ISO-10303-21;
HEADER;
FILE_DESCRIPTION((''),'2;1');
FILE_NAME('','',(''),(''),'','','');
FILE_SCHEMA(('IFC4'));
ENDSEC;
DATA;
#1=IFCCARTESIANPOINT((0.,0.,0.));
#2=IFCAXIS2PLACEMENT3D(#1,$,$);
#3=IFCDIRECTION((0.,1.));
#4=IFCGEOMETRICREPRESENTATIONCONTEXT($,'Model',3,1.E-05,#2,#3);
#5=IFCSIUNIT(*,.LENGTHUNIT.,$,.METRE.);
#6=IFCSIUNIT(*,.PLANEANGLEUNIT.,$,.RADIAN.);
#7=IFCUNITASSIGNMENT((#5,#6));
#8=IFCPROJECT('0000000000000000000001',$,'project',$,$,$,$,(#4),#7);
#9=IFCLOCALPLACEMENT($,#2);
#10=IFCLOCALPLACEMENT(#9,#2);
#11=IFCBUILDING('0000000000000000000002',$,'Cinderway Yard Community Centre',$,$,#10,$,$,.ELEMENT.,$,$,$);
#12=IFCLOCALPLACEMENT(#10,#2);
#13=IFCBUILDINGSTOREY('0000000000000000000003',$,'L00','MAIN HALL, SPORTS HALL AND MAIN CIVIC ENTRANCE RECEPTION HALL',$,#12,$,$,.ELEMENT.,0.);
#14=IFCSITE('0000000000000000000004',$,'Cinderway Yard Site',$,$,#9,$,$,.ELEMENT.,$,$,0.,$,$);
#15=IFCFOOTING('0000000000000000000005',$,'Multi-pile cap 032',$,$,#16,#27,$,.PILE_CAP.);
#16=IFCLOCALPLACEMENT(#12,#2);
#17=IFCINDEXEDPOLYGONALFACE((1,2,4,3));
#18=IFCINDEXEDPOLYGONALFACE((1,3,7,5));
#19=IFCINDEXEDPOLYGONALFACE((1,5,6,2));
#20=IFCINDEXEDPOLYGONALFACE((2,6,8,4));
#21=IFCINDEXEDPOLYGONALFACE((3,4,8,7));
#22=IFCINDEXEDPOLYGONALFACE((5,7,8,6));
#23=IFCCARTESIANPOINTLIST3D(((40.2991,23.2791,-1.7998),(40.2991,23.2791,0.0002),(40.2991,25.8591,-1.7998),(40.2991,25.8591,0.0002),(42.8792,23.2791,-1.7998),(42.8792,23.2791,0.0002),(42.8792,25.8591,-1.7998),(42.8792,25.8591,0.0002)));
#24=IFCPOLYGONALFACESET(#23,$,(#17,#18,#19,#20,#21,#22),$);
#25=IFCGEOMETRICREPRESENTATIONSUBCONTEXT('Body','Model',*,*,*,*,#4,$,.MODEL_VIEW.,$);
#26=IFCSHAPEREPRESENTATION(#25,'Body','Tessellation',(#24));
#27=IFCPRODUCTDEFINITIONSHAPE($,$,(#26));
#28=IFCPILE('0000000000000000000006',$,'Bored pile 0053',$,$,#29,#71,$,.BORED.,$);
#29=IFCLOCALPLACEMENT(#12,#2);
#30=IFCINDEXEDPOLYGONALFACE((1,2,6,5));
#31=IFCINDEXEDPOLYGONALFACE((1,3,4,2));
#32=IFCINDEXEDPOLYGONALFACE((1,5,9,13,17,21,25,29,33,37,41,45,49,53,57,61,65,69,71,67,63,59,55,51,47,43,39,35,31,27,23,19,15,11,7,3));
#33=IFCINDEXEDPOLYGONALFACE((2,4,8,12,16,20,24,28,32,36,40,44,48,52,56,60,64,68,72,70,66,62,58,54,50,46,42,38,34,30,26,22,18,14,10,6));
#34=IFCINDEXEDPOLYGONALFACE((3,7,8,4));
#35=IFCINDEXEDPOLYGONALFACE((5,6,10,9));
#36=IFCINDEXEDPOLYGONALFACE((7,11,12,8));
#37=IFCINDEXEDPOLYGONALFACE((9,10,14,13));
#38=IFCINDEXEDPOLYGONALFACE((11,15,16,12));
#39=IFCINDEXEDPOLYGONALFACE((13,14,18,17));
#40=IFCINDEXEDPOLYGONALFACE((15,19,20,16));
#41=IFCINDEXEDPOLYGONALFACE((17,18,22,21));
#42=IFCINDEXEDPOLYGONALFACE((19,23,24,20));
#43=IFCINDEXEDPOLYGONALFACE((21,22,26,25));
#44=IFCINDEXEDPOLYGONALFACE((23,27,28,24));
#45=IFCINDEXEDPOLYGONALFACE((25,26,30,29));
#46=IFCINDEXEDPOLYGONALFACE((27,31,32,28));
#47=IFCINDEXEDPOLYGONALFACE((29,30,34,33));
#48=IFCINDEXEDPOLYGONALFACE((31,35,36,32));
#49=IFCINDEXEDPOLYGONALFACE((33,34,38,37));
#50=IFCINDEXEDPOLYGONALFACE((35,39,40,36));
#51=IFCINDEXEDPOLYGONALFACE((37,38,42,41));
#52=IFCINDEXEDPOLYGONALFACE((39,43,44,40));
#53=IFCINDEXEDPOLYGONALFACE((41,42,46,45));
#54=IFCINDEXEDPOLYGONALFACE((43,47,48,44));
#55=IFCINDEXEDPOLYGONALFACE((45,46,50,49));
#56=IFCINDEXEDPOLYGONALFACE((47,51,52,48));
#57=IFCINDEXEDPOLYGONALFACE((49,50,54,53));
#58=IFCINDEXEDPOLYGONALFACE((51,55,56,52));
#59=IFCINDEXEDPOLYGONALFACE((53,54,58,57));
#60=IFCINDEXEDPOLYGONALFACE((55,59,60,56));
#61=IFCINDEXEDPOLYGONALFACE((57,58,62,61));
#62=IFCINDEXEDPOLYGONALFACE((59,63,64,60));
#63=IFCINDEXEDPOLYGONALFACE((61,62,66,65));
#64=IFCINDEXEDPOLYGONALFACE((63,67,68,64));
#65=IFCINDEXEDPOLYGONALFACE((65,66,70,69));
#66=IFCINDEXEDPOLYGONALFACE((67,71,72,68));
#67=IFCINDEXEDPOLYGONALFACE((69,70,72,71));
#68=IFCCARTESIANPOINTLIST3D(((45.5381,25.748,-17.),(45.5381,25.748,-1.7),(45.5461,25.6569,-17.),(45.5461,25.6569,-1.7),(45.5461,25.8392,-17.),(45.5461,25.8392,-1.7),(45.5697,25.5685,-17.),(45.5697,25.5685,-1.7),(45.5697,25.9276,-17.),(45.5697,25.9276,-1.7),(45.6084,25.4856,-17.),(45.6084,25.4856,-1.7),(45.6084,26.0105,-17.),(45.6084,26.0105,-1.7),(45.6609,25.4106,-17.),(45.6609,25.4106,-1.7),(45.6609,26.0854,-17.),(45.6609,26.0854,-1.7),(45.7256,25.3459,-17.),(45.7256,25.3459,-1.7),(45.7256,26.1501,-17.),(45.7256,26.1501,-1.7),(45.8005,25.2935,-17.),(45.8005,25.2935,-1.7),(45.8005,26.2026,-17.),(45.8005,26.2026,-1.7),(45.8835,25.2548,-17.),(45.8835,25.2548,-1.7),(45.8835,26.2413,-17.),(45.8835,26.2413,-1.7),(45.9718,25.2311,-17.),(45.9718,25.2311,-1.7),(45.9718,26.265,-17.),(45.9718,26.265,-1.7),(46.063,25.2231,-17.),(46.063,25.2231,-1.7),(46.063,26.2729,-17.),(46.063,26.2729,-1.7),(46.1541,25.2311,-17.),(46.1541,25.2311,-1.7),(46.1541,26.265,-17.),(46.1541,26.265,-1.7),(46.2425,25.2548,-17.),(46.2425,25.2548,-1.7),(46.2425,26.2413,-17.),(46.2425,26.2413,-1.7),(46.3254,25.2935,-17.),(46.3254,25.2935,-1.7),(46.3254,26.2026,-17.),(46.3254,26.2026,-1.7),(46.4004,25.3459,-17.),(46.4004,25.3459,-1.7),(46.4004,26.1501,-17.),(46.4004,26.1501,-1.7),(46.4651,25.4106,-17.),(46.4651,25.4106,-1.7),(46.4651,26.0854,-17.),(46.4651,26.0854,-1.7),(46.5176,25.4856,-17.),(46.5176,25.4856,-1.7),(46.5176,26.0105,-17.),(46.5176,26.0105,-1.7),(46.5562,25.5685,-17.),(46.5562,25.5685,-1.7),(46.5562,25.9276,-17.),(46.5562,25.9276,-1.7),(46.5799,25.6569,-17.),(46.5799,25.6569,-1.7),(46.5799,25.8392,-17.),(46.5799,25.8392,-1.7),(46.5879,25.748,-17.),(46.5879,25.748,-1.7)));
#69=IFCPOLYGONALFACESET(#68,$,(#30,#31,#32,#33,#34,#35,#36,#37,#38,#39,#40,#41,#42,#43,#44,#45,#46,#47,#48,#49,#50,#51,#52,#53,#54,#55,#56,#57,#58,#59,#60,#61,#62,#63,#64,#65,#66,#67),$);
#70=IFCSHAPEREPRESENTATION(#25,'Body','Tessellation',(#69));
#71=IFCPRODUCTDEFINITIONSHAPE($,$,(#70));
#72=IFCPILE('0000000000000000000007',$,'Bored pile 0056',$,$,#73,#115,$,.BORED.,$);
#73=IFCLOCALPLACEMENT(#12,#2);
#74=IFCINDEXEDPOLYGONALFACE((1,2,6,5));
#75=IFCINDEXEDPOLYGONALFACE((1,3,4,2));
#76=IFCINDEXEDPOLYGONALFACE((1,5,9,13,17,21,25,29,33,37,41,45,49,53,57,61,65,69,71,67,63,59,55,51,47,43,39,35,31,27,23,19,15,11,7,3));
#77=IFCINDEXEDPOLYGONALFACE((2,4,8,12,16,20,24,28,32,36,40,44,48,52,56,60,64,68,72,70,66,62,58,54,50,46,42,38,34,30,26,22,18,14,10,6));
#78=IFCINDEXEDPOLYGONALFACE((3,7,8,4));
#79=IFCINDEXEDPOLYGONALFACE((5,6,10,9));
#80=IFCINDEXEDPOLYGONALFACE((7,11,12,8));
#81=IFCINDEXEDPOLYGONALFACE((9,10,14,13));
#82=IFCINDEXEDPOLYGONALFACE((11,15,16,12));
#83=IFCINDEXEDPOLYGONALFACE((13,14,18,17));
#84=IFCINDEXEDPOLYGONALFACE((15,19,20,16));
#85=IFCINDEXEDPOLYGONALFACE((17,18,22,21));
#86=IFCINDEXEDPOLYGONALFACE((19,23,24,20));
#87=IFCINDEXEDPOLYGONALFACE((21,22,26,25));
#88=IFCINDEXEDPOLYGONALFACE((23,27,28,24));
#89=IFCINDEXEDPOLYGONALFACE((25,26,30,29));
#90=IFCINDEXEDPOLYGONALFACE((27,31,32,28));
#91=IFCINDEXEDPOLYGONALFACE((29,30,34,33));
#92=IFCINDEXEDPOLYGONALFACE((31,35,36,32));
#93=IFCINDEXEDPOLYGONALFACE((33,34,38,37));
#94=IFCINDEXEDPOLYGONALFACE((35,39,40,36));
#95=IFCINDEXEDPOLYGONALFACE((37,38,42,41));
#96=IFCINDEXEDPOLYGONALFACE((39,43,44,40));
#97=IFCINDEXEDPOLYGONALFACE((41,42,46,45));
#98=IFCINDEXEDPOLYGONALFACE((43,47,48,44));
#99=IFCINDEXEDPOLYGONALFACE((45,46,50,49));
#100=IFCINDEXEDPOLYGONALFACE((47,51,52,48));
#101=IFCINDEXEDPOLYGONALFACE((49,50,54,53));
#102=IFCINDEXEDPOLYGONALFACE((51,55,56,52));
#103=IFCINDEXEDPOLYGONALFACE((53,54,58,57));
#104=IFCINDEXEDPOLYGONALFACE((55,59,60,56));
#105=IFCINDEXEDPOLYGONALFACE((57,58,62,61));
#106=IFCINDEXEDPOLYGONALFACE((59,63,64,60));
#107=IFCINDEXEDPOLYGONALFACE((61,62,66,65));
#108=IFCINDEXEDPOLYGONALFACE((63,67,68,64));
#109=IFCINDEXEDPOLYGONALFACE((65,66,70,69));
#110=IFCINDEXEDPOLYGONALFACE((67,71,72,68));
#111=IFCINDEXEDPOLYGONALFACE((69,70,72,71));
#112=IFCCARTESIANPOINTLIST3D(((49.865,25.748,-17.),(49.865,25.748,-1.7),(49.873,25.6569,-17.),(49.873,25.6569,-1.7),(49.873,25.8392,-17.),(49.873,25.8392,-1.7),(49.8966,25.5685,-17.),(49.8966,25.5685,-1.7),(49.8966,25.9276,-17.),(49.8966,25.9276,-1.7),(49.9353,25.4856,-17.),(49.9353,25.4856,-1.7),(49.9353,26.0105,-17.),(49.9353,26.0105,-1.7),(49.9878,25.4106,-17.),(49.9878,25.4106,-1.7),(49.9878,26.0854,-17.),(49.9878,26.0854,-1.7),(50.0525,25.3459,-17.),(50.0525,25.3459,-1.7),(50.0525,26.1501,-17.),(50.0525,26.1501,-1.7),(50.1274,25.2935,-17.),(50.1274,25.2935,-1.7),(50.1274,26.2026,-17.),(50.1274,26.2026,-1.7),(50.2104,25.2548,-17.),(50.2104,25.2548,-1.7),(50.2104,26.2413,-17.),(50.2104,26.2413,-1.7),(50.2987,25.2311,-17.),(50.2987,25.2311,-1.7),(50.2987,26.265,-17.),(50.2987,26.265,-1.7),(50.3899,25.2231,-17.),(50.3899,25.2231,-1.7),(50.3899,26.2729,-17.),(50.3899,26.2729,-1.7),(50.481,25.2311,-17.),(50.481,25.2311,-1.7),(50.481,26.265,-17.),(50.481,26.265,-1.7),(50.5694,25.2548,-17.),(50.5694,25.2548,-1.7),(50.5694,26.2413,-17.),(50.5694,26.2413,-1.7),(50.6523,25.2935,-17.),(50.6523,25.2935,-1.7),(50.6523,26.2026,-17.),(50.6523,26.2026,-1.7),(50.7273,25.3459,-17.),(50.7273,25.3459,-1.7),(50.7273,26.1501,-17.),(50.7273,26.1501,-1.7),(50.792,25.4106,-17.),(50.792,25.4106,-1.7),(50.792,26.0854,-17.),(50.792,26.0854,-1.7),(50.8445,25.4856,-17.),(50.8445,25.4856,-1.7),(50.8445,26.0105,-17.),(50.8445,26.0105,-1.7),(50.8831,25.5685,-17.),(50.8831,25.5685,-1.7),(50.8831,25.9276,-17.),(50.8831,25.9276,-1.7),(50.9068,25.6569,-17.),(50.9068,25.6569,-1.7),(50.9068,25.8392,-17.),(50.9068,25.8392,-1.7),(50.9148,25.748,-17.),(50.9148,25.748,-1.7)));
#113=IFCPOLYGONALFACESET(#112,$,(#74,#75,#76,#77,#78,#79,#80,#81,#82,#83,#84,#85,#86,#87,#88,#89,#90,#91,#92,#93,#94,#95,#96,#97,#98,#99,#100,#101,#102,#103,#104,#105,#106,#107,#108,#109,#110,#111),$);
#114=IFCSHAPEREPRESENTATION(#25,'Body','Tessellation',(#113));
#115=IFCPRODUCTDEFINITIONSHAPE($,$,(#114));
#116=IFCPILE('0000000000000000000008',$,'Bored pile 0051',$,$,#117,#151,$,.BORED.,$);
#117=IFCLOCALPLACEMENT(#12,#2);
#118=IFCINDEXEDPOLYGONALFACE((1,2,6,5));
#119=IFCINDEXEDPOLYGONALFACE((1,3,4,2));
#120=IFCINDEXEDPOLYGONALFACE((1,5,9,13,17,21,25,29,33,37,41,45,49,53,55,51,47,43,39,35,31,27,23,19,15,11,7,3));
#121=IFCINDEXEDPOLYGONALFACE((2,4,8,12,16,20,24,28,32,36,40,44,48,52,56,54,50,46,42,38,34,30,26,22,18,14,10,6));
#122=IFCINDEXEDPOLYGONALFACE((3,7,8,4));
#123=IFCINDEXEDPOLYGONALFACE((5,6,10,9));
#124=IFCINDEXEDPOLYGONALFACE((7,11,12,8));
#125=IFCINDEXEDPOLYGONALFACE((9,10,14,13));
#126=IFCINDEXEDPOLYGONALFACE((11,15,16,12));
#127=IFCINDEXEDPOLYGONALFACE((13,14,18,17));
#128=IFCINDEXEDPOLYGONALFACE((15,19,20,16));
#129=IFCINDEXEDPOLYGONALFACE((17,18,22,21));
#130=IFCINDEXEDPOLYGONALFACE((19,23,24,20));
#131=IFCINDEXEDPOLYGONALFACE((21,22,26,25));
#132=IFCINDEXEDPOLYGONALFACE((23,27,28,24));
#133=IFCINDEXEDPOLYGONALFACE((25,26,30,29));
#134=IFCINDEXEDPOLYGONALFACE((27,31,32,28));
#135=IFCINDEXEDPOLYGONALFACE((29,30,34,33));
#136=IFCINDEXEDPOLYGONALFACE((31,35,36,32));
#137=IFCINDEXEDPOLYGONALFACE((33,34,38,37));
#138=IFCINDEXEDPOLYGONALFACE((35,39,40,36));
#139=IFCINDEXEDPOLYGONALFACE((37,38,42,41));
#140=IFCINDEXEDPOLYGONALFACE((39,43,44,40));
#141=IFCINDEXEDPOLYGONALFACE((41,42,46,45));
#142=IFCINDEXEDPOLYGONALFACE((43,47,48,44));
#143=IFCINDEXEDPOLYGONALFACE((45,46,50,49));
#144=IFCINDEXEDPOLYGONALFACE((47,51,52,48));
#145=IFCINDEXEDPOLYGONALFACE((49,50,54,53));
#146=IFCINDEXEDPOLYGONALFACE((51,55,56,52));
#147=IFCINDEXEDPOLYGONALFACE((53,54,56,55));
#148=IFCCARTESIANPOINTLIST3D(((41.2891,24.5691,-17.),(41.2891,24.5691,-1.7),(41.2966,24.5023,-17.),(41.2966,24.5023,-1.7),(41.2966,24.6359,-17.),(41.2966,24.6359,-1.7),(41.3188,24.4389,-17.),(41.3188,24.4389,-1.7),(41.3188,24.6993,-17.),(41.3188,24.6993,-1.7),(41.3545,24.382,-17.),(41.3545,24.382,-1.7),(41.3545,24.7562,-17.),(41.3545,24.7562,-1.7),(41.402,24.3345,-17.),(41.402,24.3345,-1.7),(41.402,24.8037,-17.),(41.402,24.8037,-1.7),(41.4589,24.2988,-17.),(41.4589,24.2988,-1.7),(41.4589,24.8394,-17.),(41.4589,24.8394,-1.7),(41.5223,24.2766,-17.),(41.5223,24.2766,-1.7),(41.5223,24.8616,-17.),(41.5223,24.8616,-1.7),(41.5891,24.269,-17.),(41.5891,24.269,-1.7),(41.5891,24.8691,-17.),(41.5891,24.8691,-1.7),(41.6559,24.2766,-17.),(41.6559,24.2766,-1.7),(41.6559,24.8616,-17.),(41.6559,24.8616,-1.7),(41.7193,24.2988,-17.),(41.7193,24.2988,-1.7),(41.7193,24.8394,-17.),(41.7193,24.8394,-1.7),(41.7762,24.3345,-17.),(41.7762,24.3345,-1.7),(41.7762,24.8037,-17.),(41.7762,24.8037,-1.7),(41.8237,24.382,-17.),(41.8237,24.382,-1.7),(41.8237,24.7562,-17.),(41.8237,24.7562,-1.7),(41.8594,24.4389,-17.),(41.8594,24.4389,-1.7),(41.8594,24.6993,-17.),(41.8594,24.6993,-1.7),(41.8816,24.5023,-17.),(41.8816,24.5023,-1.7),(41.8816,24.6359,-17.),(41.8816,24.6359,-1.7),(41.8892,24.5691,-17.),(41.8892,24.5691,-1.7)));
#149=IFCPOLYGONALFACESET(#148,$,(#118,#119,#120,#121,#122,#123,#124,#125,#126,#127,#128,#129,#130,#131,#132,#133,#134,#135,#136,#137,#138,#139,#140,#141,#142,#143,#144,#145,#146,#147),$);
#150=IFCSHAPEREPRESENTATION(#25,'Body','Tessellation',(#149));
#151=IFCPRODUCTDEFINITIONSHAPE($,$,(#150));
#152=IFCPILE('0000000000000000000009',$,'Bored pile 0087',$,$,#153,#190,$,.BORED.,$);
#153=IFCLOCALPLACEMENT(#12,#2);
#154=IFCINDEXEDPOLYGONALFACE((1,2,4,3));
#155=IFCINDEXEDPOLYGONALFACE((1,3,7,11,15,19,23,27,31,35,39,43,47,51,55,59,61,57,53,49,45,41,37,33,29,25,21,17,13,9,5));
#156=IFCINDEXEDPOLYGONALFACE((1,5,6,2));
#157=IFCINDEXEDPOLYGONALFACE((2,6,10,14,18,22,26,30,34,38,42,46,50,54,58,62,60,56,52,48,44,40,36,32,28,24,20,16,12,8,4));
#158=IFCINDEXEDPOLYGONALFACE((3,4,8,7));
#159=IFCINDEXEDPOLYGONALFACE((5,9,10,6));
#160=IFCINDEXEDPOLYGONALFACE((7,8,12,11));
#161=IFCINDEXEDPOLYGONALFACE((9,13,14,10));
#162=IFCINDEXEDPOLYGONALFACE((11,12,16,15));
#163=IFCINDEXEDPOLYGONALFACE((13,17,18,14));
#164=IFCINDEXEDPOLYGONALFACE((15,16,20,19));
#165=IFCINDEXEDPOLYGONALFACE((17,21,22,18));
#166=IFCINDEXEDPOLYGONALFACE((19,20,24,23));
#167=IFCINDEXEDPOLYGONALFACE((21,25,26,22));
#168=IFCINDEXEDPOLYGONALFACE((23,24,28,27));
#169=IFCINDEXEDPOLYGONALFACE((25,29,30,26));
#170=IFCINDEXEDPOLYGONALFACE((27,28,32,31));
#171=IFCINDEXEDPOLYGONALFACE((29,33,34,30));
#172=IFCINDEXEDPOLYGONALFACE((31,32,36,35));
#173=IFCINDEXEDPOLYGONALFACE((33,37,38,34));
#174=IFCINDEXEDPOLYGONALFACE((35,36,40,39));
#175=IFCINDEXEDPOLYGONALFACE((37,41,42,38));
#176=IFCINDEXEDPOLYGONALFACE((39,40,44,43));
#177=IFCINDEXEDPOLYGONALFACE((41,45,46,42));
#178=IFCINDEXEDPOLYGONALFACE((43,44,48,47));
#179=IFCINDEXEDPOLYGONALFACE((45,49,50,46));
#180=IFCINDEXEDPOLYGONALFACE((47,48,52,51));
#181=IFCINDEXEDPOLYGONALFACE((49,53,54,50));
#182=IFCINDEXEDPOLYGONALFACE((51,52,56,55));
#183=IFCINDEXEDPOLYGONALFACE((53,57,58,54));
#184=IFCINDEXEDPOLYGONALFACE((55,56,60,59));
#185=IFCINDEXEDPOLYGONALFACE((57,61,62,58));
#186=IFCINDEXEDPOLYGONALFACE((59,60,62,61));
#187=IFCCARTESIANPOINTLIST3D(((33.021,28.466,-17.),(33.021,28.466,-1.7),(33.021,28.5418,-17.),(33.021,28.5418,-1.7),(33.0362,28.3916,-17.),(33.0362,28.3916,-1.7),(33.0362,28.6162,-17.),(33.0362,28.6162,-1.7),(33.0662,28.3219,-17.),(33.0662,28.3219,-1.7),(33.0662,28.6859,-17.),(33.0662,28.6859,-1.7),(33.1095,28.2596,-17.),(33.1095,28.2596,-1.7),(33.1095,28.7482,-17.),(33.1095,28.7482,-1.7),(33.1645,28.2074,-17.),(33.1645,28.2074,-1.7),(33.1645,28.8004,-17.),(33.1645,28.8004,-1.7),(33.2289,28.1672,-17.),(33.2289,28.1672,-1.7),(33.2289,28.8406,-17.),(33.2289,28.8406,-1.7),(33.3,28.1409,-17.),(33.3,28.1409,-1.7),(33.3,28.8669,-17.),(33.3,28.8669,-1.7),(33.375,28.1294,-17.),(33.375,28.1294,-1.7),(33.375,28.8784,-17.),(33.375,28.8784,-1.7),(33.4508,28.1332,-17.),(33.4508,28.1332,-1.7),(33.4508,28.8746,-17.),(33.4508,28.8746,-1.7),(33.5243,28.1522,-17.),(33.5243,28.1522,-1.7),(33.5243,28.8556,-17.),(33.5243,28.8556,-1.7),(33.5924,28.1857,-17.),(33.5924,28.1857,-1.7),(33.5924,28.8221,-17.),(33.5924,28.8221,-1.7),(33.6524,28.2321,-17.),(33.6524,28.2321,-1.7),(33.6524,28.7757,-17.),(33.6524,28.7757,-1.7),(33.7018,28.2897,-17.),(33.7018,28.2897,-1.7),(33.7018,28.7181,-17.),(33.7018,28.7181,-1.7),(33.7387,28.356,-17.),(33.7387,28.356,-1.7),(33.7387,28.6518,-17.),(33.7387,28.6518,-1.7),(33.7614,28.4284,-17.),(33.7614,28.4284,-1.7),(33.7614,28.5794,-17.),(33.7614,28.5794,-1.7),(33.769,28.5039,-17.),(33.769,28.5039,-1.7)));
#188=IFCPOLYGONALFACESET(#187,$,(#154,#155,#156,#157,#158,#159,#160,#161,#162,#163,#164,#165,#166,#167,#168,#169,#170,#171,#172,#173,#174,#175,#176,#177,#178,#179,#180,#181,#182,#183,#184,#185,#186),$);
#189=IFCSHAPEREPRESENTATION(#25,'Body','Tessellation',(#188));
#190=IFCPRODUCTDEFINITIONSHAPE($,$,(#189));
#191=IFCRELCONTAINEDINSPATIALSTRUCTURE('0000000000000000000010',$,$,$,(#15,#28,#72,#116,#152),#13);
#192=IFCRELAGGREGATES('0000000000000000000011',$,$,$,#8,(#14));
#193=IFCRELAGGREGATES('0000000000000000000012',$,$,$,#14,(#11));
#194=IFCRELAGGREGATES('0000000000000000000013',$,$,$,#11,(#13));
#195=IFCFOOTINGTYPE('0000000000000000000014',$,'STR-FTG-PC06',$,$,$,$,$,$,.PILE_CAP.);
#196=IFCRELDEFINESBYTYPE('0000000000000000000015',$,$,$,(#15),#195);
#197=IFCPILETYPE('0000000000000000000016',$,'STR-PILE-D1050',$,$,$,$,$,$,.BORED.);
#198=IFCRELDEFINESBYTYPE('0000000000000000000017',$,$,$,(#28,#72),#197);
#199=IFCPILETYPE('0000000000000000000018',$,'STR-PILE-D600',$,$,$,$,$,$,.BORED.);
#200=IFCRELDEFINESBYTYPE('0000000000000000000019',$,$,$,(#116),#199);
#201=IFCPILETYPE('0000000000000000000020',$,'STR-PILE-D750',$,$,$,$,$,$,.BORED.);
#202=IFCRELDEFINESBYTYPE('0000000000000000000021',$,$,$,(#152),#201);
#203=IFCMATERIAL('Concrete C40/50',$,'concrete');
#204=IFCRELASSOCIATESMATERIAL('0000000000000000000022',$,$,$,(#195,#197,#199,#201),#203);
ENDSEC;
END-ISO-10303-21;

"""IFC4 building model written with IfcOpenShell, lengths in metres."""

from ifc_helpers import new_model, si_unit, direction, frame, origin, origin_2d, place, context, subcontext, project, spatial, rectangle, circle, extrude, material, material_profile, profile_set, type_object, element, save


model = new_model("IFC4")

# Units and contexts
model_context = context("Model", 3, precision=1e-05, world=origin(), true_north=direction((0.0, 1.0)))
body_context = subcontext(model_context, "Body", "Model", "MODEL_VIEW")
ifc_project = project(units=[si_unit("LENGTHUNIT", "METRE"), si_unit("PLANEANGLEUNIT", "RADIAN")], contexts=[model_context])

# Site, building, storey
site_placement = place(None, origin())
site = spatial("IfcSite", under=ifc_project, at=site_placement, Name="Cinderway Yard Site", CompositionType="ELEMENT", RefElevation=0.0)
building_placement = place(site_placement, origin())
building = spatial("IfcBuilding", under=site, at=building_placement, Name="Cinderway Yard Community Centre", CompositionType="ELEMENT")
storey_placement = place(building_placement, origin())
storey = spatial("IfcBuildingStorey", under=building, at=storey_placement, Name="L00", Description="MAIN HALL, SPORTS HALL AND MAIN CIVIC ENTRANCE RECEPTION HALL", CompositionType="ELEMENT", Elevation=0.0)

# Footing
ifc_material_1 = material(Name="Concrete C40/50", Category="concrete")
footing_type = type_object("IfcFootingType", Name="STR-FTG-PC06", PredefinedType="PILE_CAP", material=ifc_material_1)
footing_placement = place(storey_placement, frame((41.5891, 24.5691, -1.7998), z_axis=(0.0, 0.0, 1.0), x_axis=(1.0, 0.0, 0.0)))
element("IfcFooting", 1, at=footing_placement, inside=storey, type_object=footing_type, Name="Multi-pile cap 032", PredefinedType="PILE_CAP", context=body_context, shape_type="SweptSolid", body=[
    extrude(rectangle(XDim=2.5801, YDim=2.5801, at=origin_2d()), origin(), (0.0, 0.0, 1.0), 1.8),
])

# Piles
ifc_material_profile_1 = material_profile(ifc_material_1, circle(Radius=0.5249, at=origin_2d()), Name="Concrete C40/50")
ifc_profile_set_1 = profile_set([ifc_material_profile_1], Name="Concrete C40/50")
pile_type_1 = type_object("IfcPileType", Name="STR-PILE-D1050", PredefinedType="BORED", material=ifc_profile_set_1)
for number, where, z_axis, x_axis, name in (
    (2, (46.063, 25.748, -1.7), (0.0, 0.0, -1.0), (1.0, 0.0, 0.0), "Bored pile 0053"),
    (3, (50.3899, 25.748, -1.7), (0.0, 0.0, -1.0), (1.0, 0.0, 0.0), "Bored pile 0056"),
):
    element("IfcPile", number, at=place(storey_placement, frame(where, z_axis=z_axis, x_axis=x_axis)), inside=storey, type_object=pile_type_1, Name=name, PredefinedType="BORED", context=body_context, shape_type="SweptSolid", body=[
        extrude(circle(Radius=0.5249, at=origin_2d()), origin(), (0.0, 0.0, 1.0), 15.3),
    ])
ifc_material_profile_2 = material_profile(ifc_material_1, circle(Radius=0.3, at=origin_2d()), Name="Concrete C40/50")
ifc_profile_set_2 = profile_set([ifc_material_profile_2], Name="Concrete C40/50")
pile_type_2 = type_object("IfcPileType", Name="STR-PILE-D600", PredefinedType="BORED", material=ifc_profile_set_2)
pile_1_placement = place(storey_placement, frame((41.5891, 24.5691, -1.7), z_axis=(0.0, 0.0, -1.0), x_axis=(1.0, 0.0, 0.0)))
element("IfcPile", 4, at=pile_1_placement, inside=storey, type_object=pile_type_2, Name="Bored pile 0051", PredefinedType="BORED", context=body_context, shape_type="SweptSolid", body=[
    extrude(circle(Radius=0.3, at=origin_2d()), origin(), (0.0, 0.0, 1.0), 15.3),
])
ifc_material_profile_3 = material_profile(ifc_material_1, circle(Radius=0.375, at=origin_2d()), Name="Concrete C40/50")
ifc_profile_set_3 = profile_set([ifc_material_profile_3], Name="Concrete C40/50")
pile_type_3 = type_object("IfcPileType", Name="STR-PILE-D750", PredefinedType="BORED", material=ifc_profile_set_3)
pile_2_placement = place(storey_placement, frame((33.394, 28.5039, -1.7), z_axis=(0.0, 0.0, -1.0), x_axis=(1.0, 0.0, 0.0)))
element("IfcPile", 5, at=pile_2_placement, inside=storey, type_object=pile_type_3, Name="Bored pile 0087", PredefinedType="BORED", context=body_context, shape_type="SweptSolid", body=[
    extrude(circle(Radius=0.375, at=origin_2d()), origin(), (0.0, 0.0, 1.0), 15.3),
])

save(model, "model.ifc")
